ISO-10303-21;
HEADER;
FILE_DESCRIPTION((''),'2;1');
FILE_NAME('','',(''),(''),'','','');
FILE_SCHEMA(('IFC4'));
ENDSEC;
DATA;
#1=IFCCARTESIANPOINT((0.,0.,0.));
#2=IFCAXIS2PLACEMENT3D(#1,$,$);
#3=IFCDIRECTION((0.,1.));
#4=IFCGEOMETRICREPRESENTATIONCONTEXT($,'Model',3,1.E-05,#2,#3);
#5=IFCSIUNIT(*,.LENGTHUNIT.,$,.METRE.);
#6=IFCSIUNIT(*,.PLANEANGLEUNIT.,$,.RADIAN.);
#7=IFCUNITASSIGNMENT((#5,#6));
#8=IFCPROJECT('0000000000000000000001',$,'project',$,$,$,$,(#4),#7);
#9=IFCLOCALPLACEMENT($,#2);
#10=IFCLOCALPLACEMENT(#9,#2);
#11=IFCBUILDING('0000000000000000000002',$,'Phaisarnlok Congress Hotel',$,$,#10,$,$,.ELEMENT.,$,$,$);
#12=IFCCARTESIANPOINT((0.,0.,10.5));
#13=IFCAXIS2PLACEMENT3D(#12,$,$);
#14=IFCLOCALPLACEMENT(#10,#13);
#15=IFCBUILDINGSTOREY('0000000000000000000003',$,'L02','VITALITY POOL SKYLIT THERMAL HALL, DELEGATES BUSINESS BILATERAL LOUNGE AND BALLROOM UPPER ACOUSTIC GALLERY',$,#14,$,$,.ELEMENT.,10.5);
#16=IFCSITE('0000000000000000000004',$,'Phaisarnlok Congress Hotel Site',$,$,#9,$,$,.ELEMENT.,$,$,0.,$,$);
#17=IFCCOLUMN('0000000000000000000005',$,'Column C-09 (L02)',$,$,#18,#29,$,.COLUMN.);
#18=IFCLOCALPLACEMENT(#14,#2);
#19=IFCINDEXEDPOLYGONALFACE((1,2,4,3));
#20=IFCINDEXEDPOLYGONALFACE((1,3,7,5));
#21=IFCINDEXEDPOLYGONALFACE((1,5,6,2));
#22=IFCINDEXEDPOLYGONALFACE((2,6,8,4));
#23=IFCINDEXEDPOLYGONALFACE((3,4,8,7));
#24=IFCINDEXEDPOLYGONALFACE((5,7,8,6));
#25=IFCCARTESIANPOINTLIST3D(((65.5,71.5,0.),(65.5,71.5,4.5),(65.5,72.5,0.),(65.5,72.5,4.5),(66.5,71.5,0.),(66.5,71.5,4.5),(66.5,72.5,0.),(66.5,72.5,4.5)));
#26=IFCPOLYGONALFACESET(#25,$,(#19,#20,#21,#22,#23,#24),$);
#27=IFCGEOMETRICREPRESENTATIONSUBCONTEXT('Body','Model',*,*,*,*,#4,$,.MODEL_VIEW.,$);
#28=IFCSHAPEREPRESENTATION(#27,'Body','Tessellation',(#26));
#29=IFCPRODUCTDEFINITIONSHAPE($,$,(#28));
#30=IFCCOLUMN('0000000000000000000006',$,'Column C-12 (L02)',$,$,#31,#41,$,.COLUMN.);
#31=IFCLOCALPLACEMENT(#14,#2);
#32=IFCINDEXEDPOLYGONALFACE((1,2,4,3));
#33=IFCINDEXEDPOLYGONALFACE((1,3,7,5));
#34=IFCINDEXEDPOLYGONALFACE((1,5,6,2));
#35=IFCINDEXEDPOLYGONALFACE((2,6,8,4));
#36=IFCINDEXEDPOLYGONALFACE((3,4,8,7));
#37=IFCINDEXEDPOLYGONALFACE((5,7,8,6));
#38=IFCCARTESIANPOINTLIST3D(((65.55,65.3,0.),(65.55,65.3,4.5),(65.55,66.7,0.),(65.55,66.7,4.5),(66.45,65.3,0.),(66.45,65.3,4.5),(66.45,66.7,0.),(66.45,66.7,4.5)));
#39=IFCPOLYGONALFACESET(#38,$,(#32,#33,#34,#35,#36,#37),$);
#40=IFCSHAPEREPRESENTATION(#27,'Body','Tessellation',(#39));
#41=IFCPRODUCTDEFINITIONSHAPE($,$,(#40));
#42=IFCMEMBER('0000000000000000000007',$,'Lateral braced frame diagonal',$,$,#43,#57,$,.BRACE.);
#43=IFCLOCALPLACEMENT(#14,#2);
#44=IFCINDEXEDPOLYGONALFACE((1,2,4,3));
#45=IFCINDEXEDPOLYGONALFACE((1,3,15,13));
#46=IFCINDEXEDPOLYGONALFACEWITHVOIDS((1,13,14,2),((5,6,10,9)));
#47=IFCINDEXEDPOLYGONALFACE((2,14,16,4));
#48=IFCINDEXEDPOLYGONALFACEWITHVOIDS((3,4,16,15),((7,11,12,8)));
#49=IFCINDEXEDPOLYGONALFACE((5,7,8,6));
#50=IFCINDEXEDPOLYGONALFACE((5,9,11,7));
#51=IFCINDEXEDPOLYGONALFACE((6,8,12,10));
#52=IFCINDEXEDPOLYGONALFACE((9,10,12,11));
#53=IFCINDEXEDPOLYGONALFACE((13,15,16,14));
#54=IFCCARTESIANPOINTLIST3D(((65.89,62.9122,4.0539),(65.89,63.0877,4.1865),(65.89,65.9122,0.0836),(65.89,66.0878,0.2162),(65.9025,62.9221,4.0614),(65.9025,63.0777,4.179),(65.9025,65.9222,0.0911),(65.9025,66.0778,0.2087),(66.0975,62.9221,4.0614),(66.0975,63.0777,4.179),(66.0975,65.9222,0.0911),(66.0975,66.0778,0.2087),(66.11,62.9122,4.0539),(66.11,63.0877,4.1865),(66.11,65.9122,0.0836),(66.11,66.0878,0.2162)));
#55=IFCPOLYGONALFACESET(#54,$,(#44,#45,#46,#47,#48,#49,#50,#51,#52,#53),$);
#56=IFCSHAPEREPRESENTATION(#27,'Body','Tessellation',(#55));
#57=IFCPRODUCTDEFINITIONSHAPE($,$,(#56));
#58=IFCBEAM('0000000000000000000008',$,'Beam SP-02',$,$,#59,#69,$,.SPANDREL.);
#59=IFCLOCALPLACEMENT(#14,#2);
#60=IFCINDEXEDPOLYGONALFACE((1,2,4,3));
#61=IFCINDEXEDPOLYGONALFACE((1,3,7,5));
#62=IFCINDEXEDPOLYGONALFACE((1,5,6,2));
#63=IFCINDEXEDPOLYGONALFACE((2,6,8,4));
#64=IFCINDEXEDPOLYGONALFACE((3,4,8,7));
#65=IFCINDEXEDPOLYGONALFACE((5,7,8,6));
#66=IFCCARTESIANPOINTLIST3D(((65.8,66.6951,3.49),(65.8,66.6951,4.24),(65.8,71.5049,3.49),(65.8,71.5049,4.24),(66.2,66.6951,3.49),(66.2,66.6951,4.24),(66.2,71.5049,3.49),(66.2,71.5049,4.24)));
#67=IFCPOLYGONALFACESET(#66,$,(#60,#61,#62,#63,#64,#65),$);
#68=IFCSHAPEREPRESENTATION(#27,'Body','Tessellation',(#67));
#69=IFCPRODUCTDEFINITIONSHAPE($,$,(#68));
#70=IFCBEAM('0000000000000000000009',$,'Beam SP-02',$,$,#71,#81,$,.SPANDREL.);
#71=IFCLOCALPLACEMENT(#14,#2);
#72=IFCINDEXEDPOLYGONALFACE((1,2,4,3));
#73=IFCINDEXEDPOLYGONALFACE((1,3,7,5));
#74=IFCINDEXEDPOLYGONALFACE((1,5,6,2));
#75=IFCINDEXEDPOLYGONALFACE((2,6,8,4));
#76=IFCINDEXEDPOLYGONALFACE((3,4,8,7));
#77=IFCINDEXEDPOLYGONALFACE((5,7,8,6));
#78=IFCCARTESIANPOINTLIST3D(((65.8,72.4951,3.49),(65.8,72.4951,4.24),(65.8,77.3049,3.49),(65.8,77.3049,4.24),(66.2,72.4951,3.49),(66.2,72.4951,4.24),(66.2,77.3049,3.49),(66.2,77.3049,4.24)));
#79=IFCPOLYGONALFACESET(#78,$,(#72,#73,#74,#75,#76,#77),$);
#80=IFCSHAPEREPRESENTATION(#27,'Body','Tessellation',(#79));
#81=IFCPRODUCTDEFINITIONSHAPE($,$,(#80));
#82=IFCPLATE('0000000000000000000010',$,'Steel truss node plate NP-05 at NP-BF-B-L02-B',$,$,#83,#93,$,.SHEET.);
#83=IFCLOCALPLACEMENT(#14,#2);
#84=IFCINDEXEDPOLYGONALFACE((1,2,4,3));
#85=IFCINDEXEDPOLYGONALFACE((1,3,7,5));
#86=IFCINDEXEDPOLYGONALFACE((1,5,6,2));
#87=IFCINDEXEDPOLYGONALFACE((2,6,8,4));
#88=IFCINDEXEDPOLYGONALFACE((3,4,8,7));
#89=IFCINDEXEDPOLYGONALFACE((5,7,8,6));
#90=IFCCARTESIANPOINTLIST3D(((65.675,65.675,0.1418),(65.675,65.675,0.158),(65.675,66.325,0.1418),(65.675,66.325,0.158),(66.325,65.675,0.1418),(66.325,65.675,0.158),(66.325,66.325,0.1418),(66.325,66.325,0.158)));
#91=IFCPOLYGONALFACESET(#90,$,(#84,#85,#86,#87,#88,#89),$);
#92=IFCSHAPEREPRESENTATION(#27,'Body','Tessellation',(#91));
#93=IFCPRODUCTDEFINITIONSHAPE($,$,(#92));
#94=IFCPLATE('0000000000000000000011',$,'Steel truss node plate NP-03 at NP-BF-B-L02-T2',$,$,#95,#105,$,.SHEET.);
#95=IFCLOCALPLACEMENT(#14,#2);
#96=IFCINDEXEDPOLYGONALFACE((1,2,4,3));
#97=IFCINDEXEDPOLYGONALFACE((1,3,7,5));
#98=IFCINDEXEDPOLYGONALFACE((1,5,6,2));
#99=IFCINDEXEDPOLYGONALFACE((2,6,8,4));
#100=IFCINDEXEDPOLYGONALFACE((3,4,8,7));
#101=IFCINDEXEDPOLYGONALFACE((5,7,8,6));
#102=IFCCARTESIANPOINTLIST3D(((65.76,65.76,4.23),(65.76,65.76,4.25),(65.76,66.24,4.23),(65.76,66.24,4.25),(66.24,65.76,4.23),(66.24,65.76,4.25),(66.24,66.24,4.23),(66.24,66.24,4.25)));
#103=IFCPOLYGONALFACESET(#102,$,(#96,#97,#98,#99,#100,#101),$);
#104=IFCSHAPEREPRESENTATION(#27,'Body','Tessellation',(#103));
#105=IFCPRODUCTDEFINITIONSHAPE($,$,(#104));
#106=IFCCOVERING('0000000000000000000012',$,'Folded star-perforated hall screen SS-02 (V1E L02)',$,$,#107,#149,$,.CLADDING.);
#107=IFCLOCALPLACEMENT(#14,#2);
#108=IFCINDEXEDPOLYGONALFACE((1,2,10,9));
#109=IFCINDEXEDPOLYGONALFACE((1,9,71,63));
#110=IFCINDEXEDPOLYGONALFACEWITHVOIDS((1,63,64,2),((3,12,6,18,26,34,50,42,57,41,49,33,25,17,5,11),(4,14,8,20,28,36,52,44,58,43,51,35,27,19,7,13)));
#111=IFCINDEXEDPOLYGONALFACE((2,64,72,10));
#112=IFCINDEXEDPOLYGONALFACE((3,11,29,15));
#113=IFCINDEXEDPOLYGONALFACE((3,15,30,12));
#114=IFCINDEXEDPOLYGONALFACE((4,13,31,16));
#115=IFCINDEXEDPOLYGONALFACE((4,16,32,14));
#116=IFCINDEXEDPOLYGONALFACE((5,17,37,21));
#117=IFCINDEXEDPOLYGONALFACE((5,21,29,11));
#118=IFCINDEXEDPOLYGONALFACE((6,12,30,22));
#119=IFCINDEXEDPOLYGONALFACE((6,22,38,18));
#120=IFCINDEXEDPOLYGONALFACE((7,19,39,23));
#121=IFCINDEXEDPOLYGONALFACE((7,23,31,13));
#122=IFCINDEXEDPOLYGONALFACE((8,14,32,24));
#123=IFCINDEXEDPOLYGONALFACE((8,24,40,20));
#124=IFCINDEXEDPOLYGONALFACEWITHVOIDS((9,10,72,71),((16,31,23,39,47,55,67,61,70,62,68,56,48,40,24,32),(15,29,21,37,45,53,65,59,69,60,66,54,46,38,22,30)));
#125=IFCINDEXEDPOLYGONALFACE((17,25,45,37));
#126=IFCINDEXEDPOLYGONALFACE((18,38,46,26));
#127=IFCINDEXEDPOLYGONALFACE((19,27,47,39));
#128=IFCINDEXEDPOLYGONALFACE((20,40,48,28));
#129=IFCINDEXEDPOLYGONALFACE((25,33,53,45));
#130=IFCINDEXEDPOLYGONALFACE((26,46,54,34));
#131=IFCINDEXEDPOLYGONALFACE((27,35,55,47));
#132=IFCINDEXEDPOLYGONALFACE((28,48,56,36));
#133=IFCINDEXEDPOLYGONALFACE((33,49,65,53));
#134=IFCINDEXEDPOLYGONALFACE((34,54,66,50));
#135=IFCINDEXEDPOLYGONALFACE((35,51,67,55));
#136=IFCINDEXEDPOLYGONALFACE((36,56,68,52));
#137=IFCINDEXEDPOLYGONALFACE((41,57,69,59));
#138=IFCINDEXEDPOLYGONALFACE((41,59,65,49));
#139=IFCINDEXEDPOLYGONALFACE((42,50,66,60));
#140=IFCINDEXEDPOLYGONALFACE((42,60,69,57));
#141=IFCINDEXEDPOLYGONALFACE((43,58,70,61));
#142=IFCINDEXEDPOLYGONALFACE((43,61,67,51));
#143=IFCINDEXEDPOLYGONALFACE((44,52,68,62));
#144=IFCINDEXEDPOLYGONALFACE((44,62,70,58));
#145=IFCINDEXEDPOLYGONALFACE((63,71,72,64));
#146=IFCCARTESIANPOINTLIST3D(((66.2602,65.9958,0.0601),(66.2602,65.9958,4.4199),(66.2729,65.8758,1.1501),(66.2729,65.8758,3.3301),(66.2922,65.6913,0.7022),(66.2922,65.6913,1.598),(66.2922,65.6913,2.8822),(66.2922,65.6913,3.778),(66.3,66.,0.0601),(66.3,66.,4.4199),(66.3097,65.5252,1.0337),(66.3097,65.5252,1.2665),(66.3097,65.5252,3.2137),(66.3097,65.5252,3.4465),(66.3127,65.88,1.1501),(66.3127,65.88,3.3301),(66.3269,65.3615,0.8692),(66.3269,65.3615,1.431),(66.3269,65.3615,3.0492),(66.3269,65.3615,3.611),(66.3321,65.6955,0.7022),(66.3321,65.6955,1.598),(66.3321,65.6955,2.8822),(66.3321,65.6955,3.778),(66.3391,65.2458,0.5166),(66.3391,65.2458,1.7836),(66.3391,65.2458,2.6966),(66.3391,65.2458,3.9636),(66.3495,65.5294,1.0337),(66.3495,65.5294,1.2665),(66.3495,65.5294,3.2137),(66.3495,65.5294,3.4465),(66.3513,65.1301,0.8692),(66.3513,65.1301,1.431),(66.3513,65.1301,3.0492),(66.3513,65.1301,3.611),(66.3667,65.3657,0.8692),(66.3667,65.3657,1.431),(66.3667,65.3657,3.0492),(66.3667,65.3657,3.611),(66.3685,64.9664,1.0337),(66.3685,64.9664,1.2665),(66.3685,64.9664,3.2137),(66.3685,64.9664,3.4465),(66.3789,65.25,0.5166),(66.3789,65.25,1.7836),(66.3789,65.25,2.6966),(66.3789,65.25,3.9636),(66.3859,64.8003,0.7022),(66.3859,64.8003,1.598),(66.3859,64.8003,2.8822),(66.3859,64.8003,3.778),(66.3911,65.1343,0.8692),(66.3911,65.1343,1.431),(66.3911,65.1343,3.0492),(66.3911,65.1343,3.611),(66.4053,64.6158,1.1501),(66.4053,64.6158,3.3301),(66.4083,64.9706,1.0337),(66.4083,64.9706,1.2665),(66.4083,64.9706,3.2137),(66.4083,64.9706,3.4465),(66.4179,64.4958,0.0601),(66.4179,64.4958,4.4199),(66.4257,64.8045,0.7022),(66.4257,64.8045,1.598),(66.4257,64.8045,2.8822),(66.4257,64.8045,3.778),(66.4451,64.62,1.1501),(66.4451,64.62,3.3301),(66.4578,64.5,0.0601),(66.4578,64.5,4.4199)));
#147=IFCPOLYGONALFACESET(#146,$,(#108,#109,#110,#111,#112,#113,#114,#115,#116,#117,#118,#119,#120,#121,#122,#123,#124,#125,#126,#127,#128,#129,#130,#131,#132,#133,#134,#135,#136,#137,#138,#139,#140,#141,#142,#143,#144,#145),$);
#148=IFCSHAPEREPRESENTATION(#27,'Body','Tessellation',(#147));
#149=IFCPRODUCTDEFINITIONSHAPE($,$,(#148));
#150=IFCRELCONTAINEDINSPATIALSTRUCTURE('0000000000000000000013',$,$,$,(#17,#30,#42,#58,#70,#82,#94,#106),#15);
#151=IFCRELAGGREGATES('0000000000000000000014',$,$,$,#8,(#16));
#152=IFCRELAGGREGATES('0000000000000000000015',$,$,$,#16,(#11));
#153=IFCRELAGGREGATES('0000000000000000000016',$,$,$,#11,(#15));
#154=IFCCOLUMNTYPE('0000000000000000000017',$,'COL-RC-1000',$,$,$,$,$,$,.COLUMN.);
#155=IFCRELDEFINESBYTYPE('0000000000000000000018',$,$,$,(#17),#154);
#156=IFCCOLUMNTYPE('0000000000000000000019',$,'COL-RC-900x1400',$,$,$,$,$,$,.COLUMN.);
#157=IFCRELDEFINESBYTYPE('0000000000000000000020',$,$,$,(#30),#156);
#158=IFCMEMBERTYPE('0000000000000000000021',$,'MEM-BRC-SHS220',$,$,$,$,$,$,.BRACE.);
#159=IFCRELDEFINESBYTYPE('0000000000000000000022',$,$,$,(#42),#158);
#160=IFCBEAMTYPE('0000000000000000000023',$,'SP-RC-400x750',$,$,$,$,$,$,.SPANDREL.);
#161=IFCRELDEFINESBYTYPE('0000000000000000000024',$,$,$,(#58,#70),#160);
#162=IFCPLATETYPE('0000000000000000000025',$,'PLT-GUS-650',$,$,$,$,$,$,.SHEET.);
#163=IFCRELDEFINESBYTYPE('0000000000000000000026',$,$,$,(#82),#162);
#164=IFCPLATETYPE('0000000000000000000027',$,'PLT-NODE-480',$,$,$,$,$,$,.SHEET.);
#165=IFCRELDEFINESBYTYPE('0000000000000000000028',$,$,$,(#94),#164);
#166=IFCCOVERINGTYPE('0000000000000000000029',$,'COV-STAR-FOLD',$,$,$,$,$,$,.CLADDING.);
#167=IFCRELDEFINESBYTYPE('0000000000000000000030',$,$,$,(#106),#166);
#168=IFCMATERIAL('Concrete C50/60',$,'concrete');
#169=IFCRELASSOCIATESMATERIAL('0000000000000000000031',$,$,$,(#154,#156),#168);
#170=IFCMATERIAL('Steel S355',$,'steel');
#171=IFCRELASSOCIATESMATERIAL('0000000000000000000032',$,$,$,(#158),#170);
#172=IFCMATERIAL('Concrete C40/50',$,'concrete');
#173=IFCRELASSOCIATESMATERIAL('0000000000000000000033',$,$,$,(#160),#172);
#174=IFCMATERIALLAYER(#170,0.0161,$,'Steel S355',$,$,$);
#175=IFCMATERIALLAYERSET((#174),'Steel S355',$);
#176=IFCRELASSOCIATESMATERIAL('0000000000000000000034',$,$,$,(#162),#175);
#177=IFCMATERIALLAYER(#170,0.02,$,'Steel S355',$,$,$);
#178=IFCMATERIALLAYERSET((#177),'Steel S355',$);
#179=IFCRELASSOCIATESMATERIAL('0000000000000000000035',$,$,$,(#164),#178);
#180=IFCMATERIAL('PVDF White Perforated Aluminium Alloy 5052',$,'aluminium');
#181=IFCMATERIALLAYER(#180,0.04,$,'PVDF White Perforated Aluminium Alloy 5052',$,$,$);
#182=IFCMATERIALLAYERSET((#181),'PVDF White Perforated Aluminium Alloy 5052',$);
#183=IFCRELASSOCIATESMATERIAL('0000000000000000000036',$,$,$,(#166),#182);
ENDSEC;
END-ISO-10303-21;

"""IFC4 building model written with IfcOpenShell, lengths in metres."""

from ifc_helpers import new_model, si_unit, direction, frame, origin, origin_2d, place, context, subcontext, project, spatial, polyline, rectangle, hollow_rectangle, outline, extrude, material, layer, layer_set, material_profile, profile_set, type_object, element, save


model = new_model("IFC4")

# Units and contexts
model_context = context("Model", 3, precision=1e-05, world=origin(), true_north=direction((0.0, 1.0)))
body_context = subcontext(model_context, "Body", "Model", "MODEL_VIEW")
ifc_project = project(units=[si_unit("LENGTHUNIT", "METRE"), si_unit("PLANEANGLEUNIT", "RADIAN")], contexts=[model_context])

# Site, building, storey
site_placement = place(None, origin())
site = spatial("IfcSite", under=ifc_project, at=site_placement, Name="Phaisarnlok Congress Hotel Site", CompositionType="ELEMENT", RefElevation=0.0)
building_placement = place(site_placement, origin())
building = spatial("IfcBuilding", under=site, at=building_placement, Name="Phaisarnlok Congress Hotel", CompositionType="ELEMENT")
storey_placement = place(building_placement, frame((0.0, 0.0, 10.5)))
storey = spatial("IfcBuildingStorey", under=building, at=storey_placement, Name="L02", Description="VITALITY POOL SKYLIT THERMAL HALL, DELEGATES BUSINESS BILATERAL LOUNGE AND BALLROOM UPPER ACOUSTIC GALLERY", CompositionType="ELEMENT", Elevation=10.5)

# Columns
ifc_material_1 = material(Name="Concrete C50/60", Category="concrete")
ifc_material_profile_1 = material_profile(ifc_material_1, rectangle(XDim=1.0, YDim=1.0, at=origin_2d()), Name="RC 1000x1000")
ifc_profile_set_1 = profile_set([ifc_material_profile_1], Name="Concrete C50/60")
column_type_1 = type_object("IfcColumnType", Name="COL-RC-1000", PredefinedType="COLUMN", material=ifc_profile_set_1)
column_1_placement = place(storey_placement, frame((66.0, 72.0, 0.0), z_axis=(0.0, 0.0, 1.0), x_axis=(1.0, 0.0, 0.0)))
element("IfcColumn", 1, at=column_1_placement, inside=storey, type_object=column_type_1, Name="Column C-09 (L02)", PredefinedType="COLUMN", context=body_context, shape_type="SweptSolid", body=[
    extrude(rectangle(XDim=1.0, YDim=1.0, at=origin_2d()), origin(), (0.0, 0.0, 1.0), 4.5),
])
ifc_material_profile_2 = material_profile(ifc_material_1, rectangle(XDim=0.8999, YDim=1.3999, at=origin_2d()), Name="RC 900x1400")
ifc_profile_set_2 = profile_set([ifc_material_profile_2], Name="Concrete C50/60")
column_type_2 = type_object("IfcColumnType", Name="COL-RC-900x1400", PredefinedType="COLUMN", material=ifc_profile_set_2)
column_2_placement = place(storey_placement, frame((66.0, 66.0, 0.0), z_axis=(0.0, 0.0, 1.0), x_axis=(1.0, 0.0, 0.0)))
element("IfcColumn", 2, at=column_2_placement, inside=storey, type_object=column_type_2, Name="Column C-12 (L02)", PredefinedType="COLUMN", context=body_context, shape_type="SweptSolid", body=[
    extrude(rectangle(XDim=0.8999, YDim=1.3999, at=origin_2d()), origin(), (0.0, 0.0, 1.0), 4.5),
])

# Member
ifc_material_2 = material(Name="Steel S355", Category="steel")
ifc_material_profile_3 = material_profile(ifc_material_2, hollow_rectangle(XDim=0.22, YDim=0.22, WallThickness=0.0125, at=origin_2d()), Name="SHS 220x220x12.5")
ifc_profile_set_3 = profile_set([ifc_material_profile_3], Name="Steel S355")
member_type = type_object("IfcMemberType", Name="MEM-BRC-SHS220", PredefinedType="BRACE", material=ifc_profile_set_3)
member_placement = place(storey_placement, frame((66.0, 66.0, 0.1499), z_axis=(0.0, -0.602869, 0.79784), x_axis=(1.0, 0.0, 0.0)))
element("IfcMember", 3, at=member_placement, inside=storey, type_object=member_type, Name="Lateral braced frame diagonal", PredefinedType="BRACE", context=body_context, shape_type="SweptSolid", body=[
    extrude(hollow_rectangle(XDim=0.22, YDim=0.22, WallThickness=0.0125, at=origin_2d()), origin(), (0.0, 0.0, 1.0), 4.9763),
])

# Beams
ifc_material_3 = material(Name="Concrete C40/50", Category="concrete")
ifc_material_profile_4 = material_profile(ifc_material_3, rectangle(XDim=0.3999, YDim=0.75, at=origin_2d()), Name="RC 400x750")
ifc_profile_set_4 = profile_set([ifc_material_profile_4], Name="Concrete C40/50")
beam_type = type_object("IfcBeamType", Name="SP-RC-400x750", PredefinedType="SPANDREL", material=ifc_profile_set_4)
for number, where, z_axis, x_axis, name in (
    (4, (66.0, 66.6951, 3.865), (0.0, 1.0, 0.0), (-1.0, 0.0, 0.0), "Beam SP-02"),
    (5, (66.0, 72.4951, 3.865), (0.0, 1.0, 0.0), (-1.0, 0.0, 0.0), "Beam SP-02"),
):
    element("IfcBeam", number, at=place(storey_placement, frame(where, z_axis=z_axis, x_axis=x_axis)), inside=storey, type_object=beam_type, Name=name, PredefinedType="SPANDREL", context=body_context, shape_type="SweptSolid", body=[
        extrude(rectangle(XDim=0.3999, YDim=0.75, at=origin_2d()), origin(), (0.0, 0.0, 1.0), 4.8098),
    ])

# Plates
ifc_layer_1 = layer(ifc_material_2, 0.0161, Name="Steel S355")
ifc_layer_set_1 = layer_set([ifc_layer_1], Name="Steel S355")
plate_type_1 = type_object("IfcPlateType", Name="PLT-GUS-650", PredefinedType="SHEET", material=ifc_layer_set_1)
plate_1_placement = place(storey_placement, frame((66.0, 66.0, 0.1418), z_axis=(0.0, 0.0, 1.0), x_axis=(1.0, 0.0, 0.0)))
element("IfcPlate", 6, at=plate_1_placement, inside=storey, type_object=plate_type_1, Name="Steel truss node plate NP-05 at NP-BF-B-L02-B", PredefinedType="SHEET", context=body_context, shape_type="SweptSolid", body=[
    extrude(rectangle(XDim=0.6499, YDim=0.6499, at=origin_2d()), origin(), (0.0, 0.0, 1.0), 0.0161),
])
ifc_layer_2 = layer(ifc_material_2, 0.02, Name="Steel S355")
ifc_layer_set_2 = layer_set([ifc_layer_2], Name="Steel S355")
plate_type_2 = type_object("IfcPlateType", Name="PLT-NODE-480", PredefinedType="SHEET", material=ifc_layer_set_2)
plate_2_placement = place(storey_placement, frame((66.0, 66.0, 4.23), z_axis=(0.0, 0.0, 1.0), x_axis=(1.0, 0.0, 0.0)))
element("IfcPlate", 7, at=plate_2_placement, inside=storey, type_object=plate_type_2, Name="Steel truss node plate NP-03 at NP-BF-B-L02-T2", PredefinedType="SHEET", context=body_context, shape_type="SweptSolid", body=[
    extrude(rectangle(XDim=0.48, YDim=0.48, at=origin_2d()), origin(), (0.0, 0.0, 1.0), 0.02),
])

# Covering
ifc_material_4 = material(Name="PVDF White Perforated Aluminium Alloy 5052", Category="aluminium")
ifc_layer_3 = layer(ifc_material_4, 0.04, Name="PVDF White Perforated Aluminium Alloy 5052")
ifc_layer_set_3 = layer_set([ifc_layer_3], Name="PVDF White Perforated Aluminium Alloy 5052")
covering_type = type_object("IfcCoveringType", Name="COV-STAR-FOLD", PredefinedType="CLADDING", material=ifc_layer_set_3)
for number, where, z_axis, x_axis, name in (
    (8, (66.3, 66.0, 0.0601), (-0.994518, -0.104567, 0.0), (0.104567, -0.994518, 0.0), "Folded star-perforated hall screen SS-02 (V1E L02)"),
):
    element("IfcCovering", number, at=place(storey_placement, frame(where, z_axis=z_axis, x_axis=x_axis)), inside=storey, type_object=covering_type, Name=name, PredefinedType="CLADDING", context=body_context, shape_type="SweptSolid", body=[
        extrude(outline(polyline([(0.0, 0.0), (1.5083, 0.0), (1.5083, 4.3599), (0.0, 4.3599), (0.0, 0.0)]), holes=[polyline([(1.0351, 0.9736), (1.2021, 0.6421), (0.8705, 0.8091), (0.7541, 0.4565), (0.6378, 0.8091), (0.3062, 0.6421), (0.4732, 0.9736), (0.1207, 1.09), (0.4732, 1.2064), (0.3062, 1.5379), (0.6378, 1.3709), (0.7541, 1.7235), (0.8705, 1.3709), (1.2021, 1.5379), (1.0351, 1.2064), (1.3876, 1.09), (1.0351, 0.9736)]), polyline([(1.0351, 3.1536), (1.2021, 2.8221), (0.8705, 2.9891), (0.7541, 2.6365), (0.6378, 2.9891), (0.3062, 2.8221), (0.4732, 3.1536), (0.1207, 3.27), (0.4732, 3.3864), (0.3062, 3.7179), (0.6378, 3.5509), (0.7541, 3.9035), (0.8705, 3.5509), (1.2021, 3.7179), (1.0351, 3.3864), (1.3876, 3.27), (1.0351, 3.1536)])]), origin(), (0.0, 0.0, 1.0), 0.04),
    ])

save(model, "model.ifc")
